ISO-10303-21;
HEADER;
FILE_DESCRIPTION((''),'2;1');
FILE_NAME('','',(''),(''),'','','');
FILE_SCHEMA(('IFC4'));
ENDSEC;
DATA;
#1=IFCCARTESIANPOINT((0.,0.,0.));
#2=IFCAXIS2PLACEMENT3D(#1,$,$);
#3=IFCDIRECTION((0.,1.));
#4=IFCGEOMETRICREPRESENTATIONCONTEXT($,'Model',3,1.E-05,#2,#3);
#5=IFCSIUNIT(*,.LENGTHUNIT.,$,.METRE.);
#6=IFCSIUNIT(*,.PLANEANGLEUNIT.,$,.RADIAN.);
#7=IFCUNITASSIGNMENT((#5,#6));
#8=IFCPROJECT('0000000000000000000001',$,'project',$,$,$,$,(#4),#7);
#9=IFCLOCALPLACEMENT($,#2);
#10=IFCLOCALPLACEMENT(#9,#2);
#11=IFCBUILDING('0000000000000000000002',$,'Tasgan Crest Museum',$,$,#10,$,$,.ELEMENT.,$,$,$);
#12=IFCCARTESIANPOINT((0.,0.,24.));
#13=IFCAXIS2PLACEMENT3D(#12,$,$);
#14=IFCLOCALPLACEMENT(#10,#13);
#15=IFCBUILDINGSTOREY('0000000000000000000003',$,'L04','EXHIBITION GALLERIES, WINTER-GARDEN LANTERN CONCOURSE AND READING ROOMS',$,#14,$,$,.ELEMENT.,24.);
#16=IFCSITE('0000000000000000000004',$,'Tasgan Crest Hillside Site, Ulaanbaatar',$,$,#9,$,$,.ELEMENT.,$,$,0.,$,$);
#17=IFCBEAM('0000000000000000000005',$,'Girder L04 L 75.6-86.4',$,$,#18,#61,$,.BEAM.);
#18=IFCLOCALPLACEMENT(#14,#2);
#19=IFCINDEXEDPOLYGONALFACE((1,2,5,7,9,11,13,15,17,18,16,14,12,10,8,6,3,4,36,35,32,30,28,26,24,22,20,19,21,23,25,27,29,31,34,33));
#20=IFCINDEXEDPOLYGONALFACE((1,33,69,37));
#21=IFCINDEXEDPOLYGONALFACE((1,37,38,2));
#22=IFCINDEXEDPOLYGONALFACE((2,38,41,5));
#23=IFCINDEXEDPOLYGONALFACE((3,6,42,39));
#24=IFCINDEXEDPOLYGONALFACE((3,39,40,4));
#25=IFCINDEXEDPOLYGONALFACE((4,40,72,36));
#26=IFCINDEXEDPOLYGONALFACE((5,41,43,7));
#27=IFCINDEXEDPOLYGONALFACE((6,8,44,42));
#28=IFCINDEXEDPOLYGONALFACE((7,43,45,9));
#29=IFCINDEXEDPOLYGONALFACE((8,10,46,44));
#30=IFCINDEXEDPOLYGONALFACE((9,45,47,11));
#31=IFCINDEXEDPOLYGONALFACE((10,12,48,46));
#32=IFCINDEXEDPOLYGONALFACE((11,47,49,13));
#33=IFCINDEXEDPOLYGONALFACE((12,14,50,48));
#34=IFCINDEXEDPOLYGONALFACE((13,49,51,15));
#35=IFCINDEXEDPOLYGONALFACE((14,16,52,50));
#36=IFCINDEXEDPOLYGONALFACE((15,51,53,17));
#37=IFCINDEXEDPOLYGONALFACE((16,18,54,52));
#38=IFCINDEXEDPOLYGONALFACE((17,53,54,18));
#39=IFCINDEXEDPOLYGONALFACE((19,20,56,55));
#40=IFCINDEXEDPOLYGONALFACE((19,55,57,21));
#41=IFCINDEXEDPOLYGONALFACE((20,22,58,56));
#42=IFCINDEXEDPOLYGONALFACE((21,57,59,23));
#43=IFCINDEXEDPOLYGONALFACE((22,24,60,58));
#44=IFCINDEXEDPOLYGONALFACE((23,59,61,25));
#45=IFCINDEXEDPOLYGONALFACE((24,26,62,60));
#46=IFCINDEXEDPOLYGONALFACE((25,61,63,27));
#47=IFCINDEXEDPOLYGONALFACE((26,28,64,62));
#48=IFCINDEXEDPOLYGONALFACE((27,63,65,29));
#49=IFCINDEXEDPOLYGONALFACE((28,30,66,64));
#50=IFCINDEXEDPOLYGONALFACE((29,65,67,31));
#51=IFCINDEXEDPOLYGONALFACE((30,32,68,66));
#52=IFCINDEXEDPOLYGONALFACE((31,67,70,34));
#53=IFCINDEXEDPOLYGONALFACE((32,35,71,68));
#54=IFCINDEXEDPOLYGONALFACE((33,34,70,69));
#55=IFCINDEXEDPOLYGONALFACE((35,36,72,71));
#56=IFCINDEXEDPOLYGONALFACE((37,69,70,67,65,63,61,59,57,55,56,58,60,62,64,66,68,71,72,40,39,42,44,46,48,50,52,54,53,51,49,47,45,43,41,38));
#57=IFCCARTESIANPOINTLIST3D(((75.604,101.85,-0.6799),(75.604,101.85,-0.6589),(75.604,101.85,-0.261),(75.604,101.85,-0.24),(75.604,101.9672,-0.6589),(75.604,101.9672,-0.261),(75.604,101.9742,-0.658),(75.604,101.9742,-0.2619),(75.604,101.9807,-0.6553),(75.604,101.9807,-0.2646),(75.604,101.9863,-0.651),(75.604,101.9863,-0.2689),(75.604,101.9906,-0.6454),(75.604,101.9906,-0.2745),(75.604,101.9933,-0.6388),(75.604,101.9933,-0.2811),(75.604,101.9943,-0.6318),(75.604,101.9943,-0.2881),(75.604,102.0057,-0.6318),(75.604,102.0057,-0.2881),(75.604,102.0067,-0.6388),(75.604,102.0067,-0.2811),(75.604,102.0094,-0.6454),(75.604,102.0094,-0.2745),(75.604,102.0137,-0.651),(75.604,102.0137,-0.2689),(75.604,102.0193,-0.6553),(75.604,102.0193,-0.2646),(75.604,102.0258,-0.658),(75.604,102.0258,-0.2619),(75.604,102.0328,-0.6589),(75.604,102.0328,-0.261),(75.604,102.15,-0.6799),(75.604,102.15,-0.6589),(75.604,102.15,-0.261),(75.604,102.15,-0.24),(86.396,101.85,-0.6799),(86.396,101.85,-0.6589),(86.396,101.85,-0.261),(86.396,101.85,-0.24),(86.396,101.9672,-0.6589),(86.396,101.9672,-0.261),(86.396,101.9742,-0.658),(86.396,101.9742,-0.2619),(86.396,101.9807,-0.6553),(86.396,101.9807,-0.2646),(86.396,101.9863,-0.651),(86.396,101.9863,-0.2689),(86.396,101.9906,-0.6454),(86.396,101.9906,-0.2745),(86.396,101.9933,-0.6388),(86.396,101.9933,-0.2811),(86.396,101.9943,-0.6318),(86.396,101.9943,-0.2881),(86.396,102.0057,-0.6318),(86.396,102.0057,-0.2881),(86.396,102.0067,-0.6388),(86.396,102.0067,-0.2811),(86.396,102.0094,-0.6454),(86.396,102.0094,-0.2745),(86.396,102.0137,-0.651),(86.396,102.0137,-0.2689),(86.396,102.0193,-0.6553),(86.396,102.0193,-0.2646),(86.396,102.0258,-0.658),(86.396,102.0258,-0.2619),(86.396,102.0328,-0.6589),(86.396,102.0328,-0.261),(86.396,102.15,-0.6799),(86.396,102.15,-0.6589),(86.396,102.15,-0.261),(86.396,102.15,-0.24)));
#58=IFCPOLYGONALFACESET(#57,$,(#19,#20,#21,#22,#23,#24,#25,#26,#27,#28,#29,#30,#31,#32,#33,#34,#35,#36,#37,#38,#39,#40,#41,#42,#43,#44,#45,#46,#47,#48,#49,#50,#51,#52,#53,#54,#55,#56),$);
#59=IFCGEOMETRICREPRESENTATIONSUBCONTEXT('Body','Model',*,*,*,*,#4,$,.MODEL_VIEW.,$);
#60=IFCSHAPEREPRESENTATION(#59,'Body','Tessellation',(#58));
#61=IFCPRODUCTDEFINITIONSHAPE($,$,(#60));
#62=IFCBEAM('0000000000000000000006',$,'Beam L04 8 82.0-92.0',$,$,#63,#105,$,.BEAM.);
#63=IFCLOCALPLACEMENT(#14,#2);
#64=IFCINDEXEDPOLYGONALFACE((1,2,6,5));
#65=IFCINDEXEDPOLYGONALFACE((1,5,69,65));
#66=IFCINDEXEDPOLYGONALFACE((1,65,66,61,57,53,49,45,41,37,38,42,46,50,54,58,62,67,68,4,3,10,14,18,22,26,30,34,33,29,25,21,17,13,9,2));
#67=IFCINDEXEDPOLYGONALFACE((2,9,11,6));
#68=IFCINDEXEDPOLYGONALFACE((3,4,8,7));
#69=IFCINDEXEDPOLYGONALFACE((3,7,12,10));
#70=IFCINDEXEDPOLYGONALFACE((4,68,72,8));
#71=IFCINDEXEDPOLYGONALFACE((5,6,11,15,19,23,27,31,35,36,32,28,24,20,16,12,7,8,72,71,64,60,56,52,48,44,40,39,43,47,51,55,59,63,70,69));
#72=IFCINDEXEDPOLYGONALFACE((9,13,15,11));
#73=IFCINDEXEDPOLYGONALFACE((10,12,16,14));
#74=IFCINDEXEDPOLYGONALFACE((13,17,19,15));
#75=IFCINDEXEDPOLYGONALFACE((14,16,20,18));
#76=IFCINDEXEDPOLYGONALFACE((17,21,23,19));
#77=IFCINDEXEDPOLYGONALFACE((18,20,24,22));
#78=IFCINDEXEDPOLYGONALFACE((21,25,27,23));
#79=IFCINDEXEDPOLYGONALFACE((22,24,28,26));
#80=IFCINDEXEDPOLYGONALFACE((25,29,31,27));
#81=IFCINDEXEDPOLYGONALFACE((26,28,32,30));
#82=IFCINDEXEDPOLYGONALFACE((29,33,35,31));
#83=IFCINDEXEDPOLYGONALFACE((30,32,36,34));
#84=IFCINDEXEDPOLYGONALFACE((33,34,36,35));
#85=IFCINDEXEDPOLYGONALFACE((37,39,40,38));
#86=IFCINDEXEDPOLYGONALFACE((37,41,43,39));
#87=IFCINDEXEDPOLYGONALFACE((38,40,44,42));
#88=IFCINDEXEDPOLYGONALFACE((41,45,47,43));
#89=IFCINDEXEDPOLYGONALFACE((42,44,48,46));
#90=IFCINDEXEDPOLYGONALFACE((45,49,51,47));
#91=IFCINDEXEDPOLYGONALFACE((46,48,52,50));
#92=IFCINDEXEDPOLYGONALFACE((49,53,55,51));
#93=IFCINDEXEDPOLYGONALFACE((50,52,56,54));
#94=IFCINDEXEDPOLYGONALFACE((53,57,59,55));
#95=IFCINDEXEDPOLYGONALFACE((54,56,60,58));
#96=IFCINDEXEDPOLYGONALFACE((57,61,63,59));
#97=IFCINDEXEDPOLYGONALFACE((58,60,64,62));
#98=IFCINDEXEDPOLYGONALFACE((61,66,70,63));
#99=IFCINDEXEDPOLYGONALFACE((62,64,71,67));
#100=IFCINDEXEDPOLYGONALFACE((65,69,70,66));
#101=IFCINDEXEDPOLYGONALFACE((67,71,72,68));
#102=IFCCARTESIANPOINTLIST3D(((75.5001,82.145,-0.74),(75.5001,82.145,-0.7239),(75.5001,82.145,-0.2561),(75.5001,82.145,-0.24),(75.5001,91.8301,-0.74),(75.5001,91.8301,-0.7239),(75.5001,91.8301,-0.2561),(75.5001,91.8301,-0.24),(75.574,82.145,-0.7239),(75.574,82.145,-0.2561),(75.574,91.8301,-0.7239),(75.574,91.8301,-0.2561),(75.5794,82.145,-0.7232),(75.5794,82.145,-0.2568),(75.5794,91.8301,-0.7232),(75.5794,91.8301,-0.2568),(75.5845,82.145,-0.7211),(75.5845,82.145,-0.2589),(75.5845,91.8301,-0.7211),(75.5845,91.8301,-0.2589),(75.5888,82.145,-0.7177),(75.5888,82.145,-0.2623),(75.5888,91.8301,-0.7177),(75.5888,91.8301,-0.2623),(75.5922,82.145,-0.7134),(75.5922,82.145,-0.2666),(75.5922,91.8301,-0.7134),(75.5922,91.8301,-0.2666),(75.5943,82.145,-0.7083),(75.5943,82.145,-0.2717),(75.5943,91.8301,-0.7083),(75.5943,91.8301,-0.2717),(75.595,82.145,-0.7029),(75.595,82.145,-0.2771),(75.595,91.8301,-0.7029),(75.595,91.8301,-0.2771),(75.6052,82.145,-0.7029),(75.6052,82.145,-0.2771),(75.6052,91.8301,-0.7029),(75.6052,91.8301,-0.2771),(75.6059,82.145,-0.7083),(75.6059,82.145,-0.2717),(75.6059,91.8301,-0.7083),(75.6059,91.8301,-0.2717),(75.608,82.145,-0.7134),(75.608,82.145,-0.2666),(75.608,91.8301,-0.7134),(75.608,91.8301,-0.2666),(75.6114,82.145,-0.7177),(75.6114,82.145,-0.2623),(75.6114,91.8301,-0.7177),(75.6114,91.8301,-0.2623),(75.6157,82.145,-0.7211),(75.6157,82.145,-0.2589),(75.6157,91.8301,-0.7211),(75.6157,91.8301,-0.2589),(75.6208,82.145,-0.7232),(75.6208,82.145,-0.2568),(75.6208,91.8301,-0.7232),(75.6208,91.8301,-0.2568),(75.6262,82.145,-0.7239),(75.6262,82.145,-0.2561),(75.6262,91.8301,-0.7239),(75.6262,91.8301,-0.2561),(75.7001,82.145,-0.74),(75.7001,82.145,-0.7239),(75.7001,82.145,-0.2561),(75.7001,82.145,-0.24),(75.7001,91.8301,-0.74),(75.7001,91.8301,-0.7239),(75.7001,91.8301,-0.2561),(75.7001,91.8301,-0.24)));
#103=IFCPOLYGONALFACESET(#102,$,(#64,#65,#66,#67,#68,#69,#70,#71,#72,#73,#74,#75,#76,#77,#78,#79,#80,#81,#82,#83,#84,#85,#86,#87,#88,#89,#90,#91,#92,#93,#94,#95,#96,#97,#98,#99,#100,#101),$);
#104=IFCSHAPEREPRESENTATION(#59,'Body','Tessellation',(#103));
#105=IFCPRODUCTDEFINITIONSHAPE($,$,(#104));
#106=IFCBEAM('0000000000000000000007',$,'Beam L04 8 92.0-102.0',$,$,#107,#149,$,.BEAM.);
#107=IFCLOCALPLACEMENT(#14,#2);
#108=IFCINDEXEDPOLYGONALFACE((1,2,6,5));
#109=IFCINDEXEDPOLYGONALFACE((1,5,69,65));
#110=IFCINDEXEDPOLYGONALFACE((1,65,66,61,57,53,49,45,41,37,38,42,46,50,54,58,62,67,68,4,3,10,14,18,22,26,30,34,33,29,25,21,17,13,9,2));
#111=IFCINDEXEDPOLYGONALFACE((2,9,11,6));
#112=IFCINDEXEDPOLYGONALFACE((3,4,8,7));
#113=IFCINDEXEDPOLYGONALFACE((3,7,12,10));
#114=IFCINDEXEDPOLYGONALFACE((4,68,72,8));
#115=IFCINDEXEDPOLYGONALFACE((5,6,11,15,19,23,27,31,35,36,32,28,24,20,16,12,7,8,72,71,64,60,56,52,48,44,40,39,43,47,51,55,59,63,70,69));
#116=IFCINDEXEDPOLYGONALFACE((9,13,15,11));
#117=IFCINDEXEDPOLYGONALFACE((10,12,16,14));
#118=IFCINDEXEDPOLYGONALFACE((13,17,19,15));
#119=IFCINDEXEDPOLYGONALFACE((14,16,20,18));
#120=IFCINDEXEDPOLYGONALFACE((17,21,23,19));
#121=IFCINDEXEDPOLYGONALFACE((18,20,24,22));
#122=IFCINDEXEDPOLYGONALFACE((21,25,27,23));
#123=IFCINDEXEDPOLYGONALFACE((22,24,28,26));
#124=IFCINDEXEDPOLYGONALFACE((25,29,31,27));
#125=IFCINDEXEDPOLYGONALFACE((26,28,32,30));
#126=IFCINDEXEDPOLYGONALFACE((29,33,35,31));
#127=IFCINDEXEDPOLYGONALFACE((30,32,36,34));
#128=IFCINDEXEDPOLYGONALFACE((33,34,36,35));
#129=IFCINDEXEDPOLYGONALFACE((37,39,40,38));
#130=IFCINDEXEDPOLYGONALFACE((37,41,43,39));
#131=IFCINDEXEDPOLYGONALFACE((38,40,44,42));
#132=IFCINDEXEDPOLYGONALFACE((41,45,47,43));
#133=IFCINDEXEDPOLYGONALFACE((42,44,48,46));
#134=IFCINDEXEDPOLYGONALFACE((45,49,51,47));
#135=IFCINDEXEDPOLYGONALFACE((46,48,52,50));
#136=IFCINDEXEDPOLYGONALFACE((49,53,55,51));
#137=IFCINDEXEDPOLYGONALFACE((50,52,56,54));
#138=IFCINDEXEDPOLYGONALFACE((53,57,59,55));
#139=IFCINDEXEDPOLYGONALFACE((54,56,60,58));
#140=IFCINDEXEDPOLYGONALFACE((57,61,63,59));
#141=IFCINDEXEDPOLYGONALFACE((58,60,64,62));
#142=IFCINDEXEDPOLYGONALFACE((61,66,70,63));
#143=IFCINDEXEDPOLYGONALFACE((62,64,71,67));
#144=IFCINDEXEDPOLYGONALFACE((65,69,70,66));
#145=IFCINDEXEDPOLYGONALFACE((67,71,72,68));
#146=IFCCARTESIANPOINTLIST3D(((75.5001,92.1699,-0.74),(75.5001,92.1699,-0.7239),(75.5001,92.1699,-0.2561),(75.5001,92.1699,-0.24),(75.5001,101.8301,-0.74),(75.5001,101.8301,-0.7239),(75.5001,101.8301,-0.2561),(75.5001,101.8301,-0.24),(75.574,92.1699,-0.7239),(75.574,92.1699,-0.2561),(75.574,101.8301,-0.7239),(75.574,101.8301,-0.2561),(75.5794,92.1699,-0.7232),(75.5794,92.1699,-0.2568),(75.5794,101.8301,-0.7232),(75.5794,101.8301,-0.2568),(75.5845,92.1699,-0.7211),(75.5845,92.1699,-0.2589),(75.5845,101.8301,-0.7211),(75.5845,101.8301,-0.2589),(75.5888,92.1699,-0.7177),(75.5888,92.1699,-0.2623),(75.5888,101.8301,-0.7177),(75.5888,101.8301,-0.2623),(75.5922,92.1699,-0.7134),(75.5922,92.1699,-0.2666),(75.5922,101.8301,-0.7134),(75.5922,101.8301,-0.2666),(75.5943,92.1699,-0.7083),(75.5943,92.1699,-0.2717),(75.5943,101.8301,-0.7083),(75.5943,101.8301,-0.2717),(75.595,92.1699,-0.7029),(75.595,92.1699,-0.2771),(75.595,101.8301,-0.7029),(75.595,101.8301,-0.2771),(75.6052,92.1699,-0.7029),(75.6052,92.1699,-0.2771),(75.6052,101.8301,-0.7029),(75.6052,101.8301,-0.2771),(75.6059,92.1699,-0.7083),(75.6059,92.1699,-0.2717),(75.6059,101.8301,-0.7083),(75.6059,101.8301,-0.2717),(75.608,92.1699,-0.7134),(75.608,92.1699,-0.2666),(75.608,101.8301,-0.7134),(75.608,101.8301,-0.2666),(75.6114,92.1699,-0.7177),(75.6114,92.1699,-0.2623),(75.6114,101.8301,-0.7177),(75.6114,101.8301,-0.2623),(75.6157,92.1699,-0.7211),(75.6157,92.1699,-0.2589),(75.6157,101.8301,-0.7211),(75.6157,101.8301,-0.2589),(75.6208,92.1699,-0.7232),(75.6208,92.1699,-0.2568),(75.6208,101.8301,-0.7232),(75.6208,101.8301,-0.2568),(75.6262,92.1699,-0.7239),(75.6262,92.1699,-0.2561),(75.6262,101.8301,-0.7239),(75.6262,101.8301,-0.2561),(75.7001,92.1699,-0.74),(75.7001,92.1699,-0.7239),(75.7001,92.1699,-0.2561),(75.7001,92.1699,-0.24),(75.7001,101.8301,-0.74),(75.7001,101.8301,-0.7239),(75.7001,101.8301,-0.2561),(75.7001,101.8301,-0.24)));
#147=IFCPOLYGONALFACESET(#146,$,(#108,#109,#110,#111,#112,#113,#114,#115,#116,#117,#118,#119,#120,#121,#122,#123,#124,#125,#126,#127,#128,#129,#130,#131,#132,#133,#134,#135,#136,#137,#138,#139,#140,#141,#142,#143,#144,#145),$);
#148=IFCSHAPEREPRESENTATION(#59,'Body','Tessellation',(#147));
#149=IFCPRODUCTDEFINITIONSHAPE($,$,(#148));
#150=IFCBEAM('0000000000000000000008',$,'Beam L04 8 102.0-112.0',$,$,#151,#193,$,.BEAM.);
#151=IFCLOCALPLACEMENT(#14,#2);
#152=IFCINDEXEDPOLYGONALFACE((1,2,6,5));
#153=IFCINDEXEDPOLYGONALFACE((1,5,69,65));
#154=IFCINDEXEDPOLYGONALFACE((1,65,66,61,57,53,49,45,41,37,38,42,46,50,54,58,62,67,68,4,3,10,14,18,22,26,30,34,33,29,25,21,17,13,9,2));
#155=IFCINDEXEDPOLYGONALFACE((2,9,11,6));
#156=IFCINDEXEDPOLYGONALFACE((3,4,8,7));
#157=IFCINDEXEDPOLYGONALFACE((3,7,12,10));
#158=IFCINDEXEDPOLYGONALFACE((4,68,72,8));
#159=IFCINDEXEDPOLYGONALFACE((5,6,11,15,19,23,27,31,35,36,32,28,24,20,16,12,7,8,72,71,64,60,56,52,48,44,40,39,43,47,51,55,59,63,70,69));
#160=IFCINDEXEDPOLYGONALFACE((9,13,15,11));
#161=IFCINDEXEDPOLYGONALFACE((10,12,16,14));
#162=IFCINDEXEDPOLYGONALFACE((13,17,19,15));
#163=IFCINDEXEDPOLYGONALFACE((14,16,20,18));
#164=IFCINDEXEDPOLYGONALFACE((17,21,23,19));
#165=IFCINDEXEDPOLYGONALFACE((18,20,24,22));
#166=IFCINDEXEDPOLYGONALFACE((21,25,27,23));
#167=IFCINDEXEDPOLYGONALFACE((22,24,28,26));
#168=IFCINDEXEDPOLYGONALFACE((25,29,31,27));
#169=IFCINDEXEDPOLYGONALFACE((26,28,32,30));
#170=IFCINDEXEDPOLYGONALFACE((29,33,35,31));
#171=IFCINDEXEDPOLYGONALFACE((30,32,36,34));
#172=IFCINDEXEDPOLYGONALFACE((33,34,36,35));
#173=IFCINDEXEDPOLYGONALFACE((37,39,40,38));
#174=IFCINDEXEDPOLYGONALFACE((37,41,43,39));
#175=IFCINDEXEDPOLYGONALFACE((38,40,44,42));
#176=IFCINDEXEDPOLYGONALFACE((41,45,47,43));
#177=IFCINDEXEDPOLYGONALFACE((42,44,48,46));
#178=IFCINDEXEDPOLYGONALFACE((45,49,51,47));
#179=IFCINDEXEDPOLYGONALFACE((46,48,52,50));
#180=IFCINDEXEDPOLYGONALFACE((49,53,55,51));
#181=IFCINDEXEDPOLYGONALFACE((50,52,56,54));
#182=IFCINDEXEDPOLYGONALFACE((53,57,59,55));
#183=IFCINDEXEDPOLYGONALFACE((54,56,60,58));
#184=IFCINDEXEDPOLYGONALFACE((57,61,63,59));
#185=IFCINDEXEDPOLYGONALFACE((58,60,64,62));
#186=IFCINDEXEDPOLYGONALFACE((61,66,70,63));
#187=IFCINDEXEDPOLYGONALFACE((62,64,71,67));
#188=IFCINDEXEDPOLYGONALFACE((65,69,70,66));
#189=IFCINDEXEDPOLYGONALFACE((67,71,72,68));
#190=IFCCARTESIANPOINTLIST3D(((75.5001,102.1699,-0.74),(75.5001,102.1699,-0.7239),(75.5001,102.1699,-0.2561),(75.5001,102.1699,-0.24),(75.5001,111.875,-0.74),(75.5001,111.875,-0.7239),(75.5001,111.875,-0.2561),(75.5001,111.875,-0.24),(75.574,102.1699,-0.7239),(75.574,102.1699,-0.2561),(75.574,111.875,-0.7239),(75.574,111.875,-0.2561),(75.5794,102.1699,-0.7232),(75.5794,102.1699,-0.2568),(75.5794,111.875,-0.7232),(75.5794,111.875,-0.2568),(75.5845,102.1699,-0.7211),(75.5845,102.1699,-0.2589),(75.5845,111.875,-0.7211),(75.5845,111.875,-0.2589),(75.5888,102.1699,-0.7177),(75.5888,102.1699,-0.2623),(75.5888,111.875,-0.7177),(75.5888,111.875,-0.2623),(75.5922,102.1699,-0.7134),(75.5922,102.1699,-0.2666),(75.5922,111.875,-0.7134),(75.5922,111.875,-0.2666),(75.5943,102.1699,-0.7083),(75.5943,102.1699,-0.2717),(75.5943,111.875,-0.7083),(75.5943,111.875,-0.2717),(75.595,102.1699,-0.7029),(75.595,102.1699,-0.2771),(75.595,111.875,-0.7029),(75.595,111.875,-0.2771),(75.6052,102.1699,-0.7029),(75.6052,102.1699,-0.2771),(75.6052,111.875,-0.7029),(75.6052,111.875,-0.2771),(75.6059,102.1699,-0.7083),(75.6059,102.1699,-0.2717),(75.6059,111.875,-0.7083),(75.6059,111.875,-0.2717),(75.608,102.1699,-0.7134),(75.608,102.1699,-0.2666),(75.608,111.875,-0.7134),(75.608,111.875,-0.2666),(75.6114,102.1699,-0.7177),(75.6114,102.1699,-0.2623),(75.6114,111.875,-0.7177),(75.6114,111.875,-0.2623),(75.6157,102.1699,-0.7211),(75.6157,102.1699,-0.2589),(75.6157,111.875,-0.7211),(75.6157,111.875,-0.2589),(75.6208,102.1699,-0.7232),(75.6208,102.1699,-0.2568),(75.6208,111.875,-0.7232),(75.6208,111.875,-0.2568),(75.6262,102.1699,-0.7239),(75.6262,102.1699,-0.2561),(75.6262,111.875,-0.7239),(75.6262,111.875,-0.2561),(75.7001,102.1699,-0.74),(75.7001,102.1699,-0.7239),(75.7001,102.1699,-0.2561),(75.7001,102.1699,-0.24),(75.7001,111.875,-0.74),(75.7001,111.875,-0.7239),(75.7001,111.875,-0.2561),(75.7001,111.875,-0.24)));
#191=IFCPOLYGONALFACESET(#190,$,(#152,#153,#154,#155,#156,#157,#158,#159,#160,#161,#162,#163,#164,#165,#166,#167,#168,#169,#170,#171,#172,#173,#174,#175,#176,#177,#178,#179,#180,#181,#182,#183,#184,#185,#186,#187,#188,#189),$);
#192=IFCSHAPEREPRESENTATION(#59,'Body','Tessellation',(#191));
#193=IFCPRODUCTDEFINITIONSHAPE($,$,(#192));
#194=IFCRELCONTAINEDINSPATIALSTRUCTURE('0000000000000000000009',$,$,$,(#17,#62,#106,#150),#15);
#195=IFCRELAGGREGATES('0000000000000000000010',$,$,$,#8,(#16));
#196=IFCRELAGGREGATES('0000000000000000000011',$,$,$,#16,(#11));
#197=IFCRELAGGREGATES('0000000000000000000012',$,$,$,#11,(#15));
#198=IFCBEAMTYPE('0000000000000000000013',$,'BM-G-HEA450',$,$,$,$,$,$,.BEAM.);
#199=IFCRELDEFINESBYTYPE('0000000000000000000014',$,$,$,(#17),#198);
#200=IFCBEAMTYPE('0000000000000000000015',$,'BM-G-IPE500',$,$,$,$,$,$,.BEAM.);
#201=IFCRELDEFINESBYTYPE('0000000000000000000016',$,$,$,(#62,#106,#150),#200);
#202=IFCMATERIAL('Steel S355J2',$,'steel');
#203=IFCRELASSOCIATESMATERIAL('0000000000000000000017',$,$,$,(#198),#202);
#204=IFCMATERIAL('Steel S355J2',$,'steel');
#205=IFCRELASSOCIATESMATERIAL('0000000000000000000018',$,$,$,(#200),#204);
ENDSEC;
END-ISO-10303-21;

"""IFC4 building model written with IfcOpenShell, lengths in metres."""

from ifc_helpers import new_model, si_unit, direction, frame, origin, origin_2d, place, context, subcontext, project, spatial, i_section, extrude, material, material_profile, profile_set, type_object, element, save


model = new_model("IFC4")

# Units and contexts
model_context = context("Model", 3, precision=1e-05, world=origin(), true_north=direction((0.0, 1.0)))
body_context = subcontext(model_context, "Body", "Model", "MODEL_VIEW")
ifc_project = project(units=[si_unit("LENGTHUNIT", "METRE"), si_unit("PLANEANGLEUNIT", "RADIAN")], contexts=[model_context])

# Site, building, storey
site_placement = place(None, origin())
site = spatial("IfcSite", under=ifc_project, at=site_placement, Name="Tasgan Crest Hillside Site, Ulaanbaatar", CompositionType="ELEMENT", RefElevation=0.0)
building_placement = place(site_placement, origin())
building = spatial("IfcBuilding", under=site, at=building_placement, Name="Tasgan Crest Museum", CompositionType="ELEMENT")
storey_placement = place(building_placement, frame((0.0, 0.0, 24.0)))
storey = spatial("IfcBuildingStorey", under=building, at=storey_placement, Name="L04", Description="EXHIBITION GALLERIES, WINTER-GARDEN LANTERN CONCOURSE AND READING ROOMS", CompositionType="ELEMENT", Elevation=24.0)

# Beams
ifc_material_1 = material(Name="Steel S355J2", Category="steel")
ifc_material_profile_1 = material_profile(ifc_material_1, i_section(OverallWidth=0.3, OverallDepth=0.4399, WebThickness=0.0115, FlangeThickness=0.021, FilletRadius=0.0271, at=origin_2d()), Name="HEA 450")
ifc_profile_set_1 = profile_set([ifc_material_profile_1], Name="Steel S355J2")
beam_type_1 = type_object("IfcBeamType", Name="BM-G-HEA450", PredefinedType="BEAM", material=ifc_profile_set_1)
for number, where, z_axis, x_axis, name in (
    (1, (75.604, 102.0, -0.46), (1.0, 0.0, 0.0), (0.0, 1.0, 0.0), "Girder L04 L 75.6-86.4"),
):
    element("IfcBeam", number, at=place(storey_placement, frame(where, z_axis=z_axis, x_axis=x_axis)), inside=storey, type_object=beam_type_1, Name=name, PredefinedType="BEAM", context=body_context, shape_type="SweptSolid", body=[
        extrude(i_section(OverallWidth=0.3, OverallDepth=0.4399, WebThickness=0.0115, FlangeThickness=0.021, FilletRadius=0.0271, at=origin_2d()), origin(), (0.0, 0.0, 1.0), 10.792),
    ])
ifc_material_2 = material(Name="Steel S355J2", Category="steel")
ifc_material_profile_2 = material_profile(ifc_material_2, i_section(OverallWidth=0.2, OverallDepth=0.5, WebThickness=0.0103, FlangeThickness=0.0161, FilletRadius=0.021, at=origin_2d()), Name="IPE 500")
ifc_profile_set_2 = profile_set([ifc_material_profile_2], Name="Steel S355J2")
beam_type_2 = type_object("IfcBeamType", Name="BM-G-IPE500", PredefinedType="BEAM", material=ifc_profile_set_2)
beam_1_placement = place(storey_placement, frame((75.6001, 82.145, -0.49), z_axis=(0.0, 1.0, 0.0), x_axis=(-1.0, 0.0, 0.0)))
element("IfcBeam", 2, at=beam_1_placement, inside=storey, type_object=beam_type_2, Name="Beam L04 8 82.0-92.0", PredefinedType="BEAM", context=body_context, shape_type="SweptSolid", body=[
    extrude(i_section(OverallWidth=0.2, OverallDepth=0.5, WebThickness=0.0103, FlangeThickness=0.0161, FilletRadius=0.021, at=origin_2d()), origin(), (0.0, 0.0, 1.0), 9.6851),
])
beam_2_placement = place(storey_placement, frame((75.6001, 92.1699, -0.49), z_axis=(0.0, 1.0, 0.0), x_axis=(-1.0, 0.0, 0.0)))
element("IfcBeam", 3, at=beam_2_placement, inside=storey, type_object=beam_type_2, Name="Beam L04 8 92.0-102.0", PredefinedType="BEAM", context=body_context, shape_type="SweptSolid", body=[
    extrude(i_section(OverallWidth=0.2, OverallDepth=0.5, WebThickness=0.0103, FlangeThickness=0.0161, FilletRadius=0.021, at=origin_2d()), origin(), (0.0, 0.0, 1.0), 9.6602),
])
beam_3_placement = place(storey_placement, frame((75.6001, 102.1699, -0.49), z_axis=(0.0, 1.0, 0.0), x_axis=(-1.0, 0.0, 0.0)))
element("IfcBeam", 4, at=beam_3_placement, inside=storey, type_object=beam_type_2, Name="Beam L04 8 102.0-112.0", PredefinedType="BEAM", context=body_context, shape_type="SweptSolid", body=[
    extrude(i_section(OverallWidth=0.2, OverallDepth=0.5, WebThickness=0.0103, FlangeThickness=0.0161, FilletRadius=0.021, at=origin_2d()), origin(), (0.0, 0.0, 1.0), 9.7051),
])

save(model, "model.ifc")
